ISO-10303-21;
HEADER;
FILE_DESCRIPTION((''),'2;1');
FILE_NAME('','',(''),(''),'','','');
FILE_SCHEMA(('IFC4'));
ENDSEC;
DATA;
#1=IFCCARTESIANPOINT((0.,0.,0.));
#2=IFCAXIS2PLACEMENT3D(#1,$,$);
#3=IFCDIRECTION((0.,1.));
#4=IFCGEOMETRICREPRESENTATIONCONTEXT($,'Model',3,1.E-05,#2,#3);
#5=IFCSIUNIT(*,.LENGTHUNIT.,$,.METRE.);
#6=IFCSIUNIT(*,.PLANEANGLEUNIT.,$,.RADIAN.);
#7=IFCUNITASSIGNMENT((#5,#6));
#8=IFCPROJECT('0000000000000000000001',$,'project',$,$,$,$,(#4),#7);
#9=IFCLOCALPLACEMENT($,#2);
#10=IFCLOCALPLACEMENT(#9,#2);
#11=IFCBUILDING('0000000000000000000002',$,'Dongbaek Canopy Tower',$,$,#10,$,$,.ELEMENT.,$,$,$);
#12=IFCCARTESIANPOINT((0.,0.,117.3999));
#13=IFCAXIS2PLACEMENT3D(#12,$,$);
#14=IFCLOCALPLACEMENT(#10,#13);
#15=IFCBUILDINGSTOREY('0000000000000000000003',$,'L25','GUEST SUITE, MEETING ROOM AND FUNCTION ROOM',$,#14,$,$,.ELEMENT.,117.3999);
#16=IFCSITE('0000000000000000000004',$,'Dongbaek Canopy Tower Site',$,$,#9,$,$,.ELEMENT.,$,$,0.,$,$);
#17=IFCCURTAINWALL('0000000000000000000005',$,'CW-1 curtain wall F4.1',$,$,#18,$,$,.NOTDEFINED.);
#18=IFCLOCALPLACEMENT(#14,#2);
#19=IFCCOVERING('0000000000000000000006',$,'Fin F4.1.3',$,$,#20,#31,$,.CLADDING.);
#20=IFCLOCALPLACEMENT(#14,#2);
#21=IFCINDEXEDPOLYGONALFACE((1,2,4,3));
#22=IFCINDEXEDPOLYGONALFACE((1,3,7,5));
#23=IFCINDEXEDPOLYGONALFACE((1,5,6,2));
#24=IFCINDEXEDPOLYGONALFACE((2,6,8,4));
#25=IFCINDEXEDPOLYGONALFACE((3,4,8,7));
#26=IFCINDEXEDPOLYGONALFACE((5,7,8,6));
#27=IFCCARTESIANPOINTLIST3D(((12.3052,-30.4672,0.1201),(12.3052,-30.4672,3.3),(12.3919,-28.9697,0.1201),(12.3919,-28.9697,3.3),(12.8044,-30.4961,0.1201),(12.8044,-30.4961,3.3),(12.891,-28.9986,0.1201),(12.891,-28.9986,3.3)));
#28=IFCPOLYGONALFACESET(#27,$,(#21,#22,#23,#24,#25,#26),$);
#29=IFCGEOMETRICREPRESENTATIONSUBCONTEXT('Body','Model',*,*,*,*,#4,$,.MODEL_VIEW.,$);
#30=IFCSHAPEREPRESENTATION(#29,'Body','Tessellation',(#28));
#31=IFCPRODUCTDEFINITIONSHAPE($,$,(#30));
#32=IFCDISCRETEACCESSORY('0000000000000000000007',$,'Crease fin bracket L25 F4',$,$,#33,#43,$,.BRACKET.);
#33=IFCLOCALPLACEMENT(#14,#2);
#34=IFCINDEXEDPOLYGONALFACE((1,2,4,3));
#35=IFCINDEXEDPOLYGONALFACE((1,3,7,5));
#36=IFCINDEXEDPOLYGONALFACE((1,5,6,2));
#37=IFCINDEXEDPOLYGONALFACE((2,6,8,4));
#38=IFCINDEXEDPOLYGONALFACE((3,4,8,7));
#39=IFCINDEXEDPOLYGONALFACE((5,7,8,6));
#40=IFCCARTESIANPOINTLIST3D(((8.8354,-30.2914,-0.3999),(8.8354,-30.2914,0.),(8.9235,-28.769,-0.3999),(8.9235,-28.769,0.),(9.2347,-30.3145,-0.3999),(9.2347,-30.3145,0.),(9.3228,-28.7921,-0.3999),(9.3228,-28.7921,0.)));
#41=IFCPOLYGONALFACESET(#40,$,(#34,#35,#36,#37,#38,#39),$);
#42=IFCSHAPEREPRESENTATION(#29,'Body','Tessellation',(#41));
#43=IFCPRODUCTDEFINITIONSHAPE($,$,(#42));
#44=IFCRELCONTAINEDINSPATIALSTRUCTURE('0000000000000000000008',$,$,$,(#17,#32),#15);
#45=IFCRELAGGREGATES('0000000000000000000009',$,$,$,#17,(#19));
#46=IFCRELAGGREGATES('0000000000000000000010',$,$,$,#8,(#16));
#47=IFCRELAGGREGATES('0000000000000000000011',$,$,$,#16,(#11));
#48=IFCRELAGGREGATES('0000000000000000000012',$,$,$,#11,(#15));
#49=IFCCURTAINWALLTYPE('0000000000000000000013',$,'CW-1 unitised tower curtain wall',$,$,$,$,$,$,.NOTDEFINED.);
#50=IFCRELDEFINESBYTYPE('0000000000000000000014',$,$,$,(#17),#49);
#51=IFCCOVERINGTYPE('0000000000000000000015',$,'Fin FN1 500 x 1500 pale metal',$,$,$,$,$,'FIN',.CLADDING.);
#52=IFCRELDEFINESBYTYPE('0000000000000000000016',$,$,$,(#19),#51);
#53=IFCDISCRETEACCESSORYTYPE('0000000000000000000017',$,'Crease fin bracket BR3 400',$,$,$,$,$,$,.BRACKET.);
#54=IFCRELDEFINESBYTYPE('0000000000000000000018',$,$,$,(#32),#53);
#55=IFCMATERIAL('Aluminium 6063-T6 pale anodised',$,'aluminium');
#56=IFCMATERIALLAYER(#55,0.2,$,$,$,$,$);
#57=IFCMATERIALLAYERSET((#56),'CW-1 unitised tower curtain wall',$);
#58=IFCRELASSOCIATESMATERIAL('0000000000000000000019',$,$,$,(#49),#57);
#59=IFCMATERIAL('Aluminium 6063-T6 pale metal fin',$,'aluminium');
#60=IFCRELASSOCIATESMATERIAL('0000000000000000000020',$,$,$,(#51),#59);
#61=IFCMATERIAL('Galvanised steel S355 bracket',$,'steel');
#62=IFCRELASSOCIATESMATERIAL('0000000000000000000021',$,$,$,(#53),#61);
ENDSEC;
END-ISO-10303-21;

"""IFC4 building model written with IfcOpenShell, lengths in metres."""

from ifc_helpers import new_model, si_unit, direction, frame, origin, origin_2d, place, context, subcontext, project, spatial, rectangle, extrude, material, layer, layer_set, material_profile, profile_set, type_object, element, aggregate, save


model = new_model("IFC4")

# Units and contexts
model_context = context("Model", 3, precision=1e-05, world=origin(), true_north=direction((0.0, 1.0)))
body_context = subcontext(model_context, "Body", "Model", "MODEL_VIEW")
ifc_project = project(units=[si_unit("LENGTHUNIT", "METRE"), si_unit("PLANEANGLEUNIT", "RADIAN")], contexts=[model_context])

# Site, building, storey
site_placement = place(None, origin())
site = spatial("IfcSite", under=ifc_project, at=site_placement, Name="Dongbaek Canopy Tower Site", CompositionType="ELEMENT", RefElevation=0.0)
building_placement = place(site_placement, origin())
building = spatial("IfcBuilding", under=site, at=building_placement, Name="Dongbaek Canopy Tower", CompositionType="ELEMENT")
storey_placement = place(building_placement, frame((0.0, 0.0, 117.3999)))
storey = spatial("IfcBuildingStorey", under=building, at=storey_placement, Name="L25", Description="GUEST SUITE, MEETING ROOM AND FUNCTION ROOM", CompositionType="ELEMENT", Elevation=117.3999)

# Curtain wall
ifc_material_1 = material(Name="Aluminium 6063-T6 pale anodised", Category="aluminium")
ifc_layer_1 = layer(ifc_material_1, 0.2)
ifc_layer_set_1 = layer_set([ifc_layer_1], Name="CW-1 unitised tower curtain wall")
curtain_wall_type = type_object("IfcCurtainWallType", Name="CW-1 unitised tower curtain wall", PredefinedType="NOTDEFINED", material=ifc_layer_set_1)
curtain_wall_placement = place(storey_placement, origin())
curtain_wall = element("IfcCurtainWall", 1, at=curtain_wall_placement, inside=storey, type_object=curtain_wall_type, Name="CW-1 curtain wall F4.1", PredefinedType="NOTDEFINED")

# Covering
ifc_material_2 = material(Name="Aluminium 6063-T6 pale metal fin", Category="aluminium")
ifc_material_profile_1 = material_profile(ifc_material_2, rectangle(XDim=1.5, YDim=0.5, at=origin_2d()), Name="Fin FN1 500 x 1500 pale metal")
ifc_profile_set_1 = profile_set([ifc_material_profile_1], Name="Aluminium 6063-T6 pale metal fin")
covering_type_1 = type_object("IfcCoveringType", Name="Fin FN1 500 x 1500 pale metal", ElementType="FIN", PredefinedType="CLADDING", material=ifc_profile_set_1)
covering_1_placement = place(storey_placement, frame((12.5981, -29.7329, 0.1201), z_axis=(0.0, 0.0, 1.0), x_axis=(-0.057753, -0.998331, 0.0)))
covering_1 = element("IfcCovering", 2, at=covering_1_placement, type_object=covering_type_1, Name="Fin F4.1.3", PredefinedType="CLADDING", context=body_context, shape_type="SweptSolid", body=[
    extrude(rectangle(XDim=1.5, YDim=0.5, at=origin_2d()), origin(), (0.0, 0.0, 1.0), 3.1799),
])
aggregate(curtain_wall, [covering_1])

# Discrete accessory
ifc_material_3 = material(Name="Galvanised steel S355 bracket", Category="steel")
discrete_accessory_type = type_object("IfcDiscreteAccessoryType", Name="Crease fin bracket BR3 400", PredefinedType="BRACKET", material=ifc_material_3)
discrete_accessory_placement = place(storey_placement, frame((9.0791, -29.5417, -0.3999), z_axis=(0.0, 0.0, 1.0), x_axis=(-0.057754, -0.998331, 0.0)))
element("IfcDiscreteAccessory", 3, at=discrete_accessory_placement, inside=storey, type_object=discrete_accessory_type, Name="Crease fin bracket L25 F4", PredefinedType="BRACKET", context=body_context, shape_type="SweptSolid", body=[
    extrude(rectangle(XDim=1.5249, YDim=0.3999, at=origin_2d()), origin(), (0.0, 0.0, 1.0), 0.3999),
])

save(model, "model.ifc")
